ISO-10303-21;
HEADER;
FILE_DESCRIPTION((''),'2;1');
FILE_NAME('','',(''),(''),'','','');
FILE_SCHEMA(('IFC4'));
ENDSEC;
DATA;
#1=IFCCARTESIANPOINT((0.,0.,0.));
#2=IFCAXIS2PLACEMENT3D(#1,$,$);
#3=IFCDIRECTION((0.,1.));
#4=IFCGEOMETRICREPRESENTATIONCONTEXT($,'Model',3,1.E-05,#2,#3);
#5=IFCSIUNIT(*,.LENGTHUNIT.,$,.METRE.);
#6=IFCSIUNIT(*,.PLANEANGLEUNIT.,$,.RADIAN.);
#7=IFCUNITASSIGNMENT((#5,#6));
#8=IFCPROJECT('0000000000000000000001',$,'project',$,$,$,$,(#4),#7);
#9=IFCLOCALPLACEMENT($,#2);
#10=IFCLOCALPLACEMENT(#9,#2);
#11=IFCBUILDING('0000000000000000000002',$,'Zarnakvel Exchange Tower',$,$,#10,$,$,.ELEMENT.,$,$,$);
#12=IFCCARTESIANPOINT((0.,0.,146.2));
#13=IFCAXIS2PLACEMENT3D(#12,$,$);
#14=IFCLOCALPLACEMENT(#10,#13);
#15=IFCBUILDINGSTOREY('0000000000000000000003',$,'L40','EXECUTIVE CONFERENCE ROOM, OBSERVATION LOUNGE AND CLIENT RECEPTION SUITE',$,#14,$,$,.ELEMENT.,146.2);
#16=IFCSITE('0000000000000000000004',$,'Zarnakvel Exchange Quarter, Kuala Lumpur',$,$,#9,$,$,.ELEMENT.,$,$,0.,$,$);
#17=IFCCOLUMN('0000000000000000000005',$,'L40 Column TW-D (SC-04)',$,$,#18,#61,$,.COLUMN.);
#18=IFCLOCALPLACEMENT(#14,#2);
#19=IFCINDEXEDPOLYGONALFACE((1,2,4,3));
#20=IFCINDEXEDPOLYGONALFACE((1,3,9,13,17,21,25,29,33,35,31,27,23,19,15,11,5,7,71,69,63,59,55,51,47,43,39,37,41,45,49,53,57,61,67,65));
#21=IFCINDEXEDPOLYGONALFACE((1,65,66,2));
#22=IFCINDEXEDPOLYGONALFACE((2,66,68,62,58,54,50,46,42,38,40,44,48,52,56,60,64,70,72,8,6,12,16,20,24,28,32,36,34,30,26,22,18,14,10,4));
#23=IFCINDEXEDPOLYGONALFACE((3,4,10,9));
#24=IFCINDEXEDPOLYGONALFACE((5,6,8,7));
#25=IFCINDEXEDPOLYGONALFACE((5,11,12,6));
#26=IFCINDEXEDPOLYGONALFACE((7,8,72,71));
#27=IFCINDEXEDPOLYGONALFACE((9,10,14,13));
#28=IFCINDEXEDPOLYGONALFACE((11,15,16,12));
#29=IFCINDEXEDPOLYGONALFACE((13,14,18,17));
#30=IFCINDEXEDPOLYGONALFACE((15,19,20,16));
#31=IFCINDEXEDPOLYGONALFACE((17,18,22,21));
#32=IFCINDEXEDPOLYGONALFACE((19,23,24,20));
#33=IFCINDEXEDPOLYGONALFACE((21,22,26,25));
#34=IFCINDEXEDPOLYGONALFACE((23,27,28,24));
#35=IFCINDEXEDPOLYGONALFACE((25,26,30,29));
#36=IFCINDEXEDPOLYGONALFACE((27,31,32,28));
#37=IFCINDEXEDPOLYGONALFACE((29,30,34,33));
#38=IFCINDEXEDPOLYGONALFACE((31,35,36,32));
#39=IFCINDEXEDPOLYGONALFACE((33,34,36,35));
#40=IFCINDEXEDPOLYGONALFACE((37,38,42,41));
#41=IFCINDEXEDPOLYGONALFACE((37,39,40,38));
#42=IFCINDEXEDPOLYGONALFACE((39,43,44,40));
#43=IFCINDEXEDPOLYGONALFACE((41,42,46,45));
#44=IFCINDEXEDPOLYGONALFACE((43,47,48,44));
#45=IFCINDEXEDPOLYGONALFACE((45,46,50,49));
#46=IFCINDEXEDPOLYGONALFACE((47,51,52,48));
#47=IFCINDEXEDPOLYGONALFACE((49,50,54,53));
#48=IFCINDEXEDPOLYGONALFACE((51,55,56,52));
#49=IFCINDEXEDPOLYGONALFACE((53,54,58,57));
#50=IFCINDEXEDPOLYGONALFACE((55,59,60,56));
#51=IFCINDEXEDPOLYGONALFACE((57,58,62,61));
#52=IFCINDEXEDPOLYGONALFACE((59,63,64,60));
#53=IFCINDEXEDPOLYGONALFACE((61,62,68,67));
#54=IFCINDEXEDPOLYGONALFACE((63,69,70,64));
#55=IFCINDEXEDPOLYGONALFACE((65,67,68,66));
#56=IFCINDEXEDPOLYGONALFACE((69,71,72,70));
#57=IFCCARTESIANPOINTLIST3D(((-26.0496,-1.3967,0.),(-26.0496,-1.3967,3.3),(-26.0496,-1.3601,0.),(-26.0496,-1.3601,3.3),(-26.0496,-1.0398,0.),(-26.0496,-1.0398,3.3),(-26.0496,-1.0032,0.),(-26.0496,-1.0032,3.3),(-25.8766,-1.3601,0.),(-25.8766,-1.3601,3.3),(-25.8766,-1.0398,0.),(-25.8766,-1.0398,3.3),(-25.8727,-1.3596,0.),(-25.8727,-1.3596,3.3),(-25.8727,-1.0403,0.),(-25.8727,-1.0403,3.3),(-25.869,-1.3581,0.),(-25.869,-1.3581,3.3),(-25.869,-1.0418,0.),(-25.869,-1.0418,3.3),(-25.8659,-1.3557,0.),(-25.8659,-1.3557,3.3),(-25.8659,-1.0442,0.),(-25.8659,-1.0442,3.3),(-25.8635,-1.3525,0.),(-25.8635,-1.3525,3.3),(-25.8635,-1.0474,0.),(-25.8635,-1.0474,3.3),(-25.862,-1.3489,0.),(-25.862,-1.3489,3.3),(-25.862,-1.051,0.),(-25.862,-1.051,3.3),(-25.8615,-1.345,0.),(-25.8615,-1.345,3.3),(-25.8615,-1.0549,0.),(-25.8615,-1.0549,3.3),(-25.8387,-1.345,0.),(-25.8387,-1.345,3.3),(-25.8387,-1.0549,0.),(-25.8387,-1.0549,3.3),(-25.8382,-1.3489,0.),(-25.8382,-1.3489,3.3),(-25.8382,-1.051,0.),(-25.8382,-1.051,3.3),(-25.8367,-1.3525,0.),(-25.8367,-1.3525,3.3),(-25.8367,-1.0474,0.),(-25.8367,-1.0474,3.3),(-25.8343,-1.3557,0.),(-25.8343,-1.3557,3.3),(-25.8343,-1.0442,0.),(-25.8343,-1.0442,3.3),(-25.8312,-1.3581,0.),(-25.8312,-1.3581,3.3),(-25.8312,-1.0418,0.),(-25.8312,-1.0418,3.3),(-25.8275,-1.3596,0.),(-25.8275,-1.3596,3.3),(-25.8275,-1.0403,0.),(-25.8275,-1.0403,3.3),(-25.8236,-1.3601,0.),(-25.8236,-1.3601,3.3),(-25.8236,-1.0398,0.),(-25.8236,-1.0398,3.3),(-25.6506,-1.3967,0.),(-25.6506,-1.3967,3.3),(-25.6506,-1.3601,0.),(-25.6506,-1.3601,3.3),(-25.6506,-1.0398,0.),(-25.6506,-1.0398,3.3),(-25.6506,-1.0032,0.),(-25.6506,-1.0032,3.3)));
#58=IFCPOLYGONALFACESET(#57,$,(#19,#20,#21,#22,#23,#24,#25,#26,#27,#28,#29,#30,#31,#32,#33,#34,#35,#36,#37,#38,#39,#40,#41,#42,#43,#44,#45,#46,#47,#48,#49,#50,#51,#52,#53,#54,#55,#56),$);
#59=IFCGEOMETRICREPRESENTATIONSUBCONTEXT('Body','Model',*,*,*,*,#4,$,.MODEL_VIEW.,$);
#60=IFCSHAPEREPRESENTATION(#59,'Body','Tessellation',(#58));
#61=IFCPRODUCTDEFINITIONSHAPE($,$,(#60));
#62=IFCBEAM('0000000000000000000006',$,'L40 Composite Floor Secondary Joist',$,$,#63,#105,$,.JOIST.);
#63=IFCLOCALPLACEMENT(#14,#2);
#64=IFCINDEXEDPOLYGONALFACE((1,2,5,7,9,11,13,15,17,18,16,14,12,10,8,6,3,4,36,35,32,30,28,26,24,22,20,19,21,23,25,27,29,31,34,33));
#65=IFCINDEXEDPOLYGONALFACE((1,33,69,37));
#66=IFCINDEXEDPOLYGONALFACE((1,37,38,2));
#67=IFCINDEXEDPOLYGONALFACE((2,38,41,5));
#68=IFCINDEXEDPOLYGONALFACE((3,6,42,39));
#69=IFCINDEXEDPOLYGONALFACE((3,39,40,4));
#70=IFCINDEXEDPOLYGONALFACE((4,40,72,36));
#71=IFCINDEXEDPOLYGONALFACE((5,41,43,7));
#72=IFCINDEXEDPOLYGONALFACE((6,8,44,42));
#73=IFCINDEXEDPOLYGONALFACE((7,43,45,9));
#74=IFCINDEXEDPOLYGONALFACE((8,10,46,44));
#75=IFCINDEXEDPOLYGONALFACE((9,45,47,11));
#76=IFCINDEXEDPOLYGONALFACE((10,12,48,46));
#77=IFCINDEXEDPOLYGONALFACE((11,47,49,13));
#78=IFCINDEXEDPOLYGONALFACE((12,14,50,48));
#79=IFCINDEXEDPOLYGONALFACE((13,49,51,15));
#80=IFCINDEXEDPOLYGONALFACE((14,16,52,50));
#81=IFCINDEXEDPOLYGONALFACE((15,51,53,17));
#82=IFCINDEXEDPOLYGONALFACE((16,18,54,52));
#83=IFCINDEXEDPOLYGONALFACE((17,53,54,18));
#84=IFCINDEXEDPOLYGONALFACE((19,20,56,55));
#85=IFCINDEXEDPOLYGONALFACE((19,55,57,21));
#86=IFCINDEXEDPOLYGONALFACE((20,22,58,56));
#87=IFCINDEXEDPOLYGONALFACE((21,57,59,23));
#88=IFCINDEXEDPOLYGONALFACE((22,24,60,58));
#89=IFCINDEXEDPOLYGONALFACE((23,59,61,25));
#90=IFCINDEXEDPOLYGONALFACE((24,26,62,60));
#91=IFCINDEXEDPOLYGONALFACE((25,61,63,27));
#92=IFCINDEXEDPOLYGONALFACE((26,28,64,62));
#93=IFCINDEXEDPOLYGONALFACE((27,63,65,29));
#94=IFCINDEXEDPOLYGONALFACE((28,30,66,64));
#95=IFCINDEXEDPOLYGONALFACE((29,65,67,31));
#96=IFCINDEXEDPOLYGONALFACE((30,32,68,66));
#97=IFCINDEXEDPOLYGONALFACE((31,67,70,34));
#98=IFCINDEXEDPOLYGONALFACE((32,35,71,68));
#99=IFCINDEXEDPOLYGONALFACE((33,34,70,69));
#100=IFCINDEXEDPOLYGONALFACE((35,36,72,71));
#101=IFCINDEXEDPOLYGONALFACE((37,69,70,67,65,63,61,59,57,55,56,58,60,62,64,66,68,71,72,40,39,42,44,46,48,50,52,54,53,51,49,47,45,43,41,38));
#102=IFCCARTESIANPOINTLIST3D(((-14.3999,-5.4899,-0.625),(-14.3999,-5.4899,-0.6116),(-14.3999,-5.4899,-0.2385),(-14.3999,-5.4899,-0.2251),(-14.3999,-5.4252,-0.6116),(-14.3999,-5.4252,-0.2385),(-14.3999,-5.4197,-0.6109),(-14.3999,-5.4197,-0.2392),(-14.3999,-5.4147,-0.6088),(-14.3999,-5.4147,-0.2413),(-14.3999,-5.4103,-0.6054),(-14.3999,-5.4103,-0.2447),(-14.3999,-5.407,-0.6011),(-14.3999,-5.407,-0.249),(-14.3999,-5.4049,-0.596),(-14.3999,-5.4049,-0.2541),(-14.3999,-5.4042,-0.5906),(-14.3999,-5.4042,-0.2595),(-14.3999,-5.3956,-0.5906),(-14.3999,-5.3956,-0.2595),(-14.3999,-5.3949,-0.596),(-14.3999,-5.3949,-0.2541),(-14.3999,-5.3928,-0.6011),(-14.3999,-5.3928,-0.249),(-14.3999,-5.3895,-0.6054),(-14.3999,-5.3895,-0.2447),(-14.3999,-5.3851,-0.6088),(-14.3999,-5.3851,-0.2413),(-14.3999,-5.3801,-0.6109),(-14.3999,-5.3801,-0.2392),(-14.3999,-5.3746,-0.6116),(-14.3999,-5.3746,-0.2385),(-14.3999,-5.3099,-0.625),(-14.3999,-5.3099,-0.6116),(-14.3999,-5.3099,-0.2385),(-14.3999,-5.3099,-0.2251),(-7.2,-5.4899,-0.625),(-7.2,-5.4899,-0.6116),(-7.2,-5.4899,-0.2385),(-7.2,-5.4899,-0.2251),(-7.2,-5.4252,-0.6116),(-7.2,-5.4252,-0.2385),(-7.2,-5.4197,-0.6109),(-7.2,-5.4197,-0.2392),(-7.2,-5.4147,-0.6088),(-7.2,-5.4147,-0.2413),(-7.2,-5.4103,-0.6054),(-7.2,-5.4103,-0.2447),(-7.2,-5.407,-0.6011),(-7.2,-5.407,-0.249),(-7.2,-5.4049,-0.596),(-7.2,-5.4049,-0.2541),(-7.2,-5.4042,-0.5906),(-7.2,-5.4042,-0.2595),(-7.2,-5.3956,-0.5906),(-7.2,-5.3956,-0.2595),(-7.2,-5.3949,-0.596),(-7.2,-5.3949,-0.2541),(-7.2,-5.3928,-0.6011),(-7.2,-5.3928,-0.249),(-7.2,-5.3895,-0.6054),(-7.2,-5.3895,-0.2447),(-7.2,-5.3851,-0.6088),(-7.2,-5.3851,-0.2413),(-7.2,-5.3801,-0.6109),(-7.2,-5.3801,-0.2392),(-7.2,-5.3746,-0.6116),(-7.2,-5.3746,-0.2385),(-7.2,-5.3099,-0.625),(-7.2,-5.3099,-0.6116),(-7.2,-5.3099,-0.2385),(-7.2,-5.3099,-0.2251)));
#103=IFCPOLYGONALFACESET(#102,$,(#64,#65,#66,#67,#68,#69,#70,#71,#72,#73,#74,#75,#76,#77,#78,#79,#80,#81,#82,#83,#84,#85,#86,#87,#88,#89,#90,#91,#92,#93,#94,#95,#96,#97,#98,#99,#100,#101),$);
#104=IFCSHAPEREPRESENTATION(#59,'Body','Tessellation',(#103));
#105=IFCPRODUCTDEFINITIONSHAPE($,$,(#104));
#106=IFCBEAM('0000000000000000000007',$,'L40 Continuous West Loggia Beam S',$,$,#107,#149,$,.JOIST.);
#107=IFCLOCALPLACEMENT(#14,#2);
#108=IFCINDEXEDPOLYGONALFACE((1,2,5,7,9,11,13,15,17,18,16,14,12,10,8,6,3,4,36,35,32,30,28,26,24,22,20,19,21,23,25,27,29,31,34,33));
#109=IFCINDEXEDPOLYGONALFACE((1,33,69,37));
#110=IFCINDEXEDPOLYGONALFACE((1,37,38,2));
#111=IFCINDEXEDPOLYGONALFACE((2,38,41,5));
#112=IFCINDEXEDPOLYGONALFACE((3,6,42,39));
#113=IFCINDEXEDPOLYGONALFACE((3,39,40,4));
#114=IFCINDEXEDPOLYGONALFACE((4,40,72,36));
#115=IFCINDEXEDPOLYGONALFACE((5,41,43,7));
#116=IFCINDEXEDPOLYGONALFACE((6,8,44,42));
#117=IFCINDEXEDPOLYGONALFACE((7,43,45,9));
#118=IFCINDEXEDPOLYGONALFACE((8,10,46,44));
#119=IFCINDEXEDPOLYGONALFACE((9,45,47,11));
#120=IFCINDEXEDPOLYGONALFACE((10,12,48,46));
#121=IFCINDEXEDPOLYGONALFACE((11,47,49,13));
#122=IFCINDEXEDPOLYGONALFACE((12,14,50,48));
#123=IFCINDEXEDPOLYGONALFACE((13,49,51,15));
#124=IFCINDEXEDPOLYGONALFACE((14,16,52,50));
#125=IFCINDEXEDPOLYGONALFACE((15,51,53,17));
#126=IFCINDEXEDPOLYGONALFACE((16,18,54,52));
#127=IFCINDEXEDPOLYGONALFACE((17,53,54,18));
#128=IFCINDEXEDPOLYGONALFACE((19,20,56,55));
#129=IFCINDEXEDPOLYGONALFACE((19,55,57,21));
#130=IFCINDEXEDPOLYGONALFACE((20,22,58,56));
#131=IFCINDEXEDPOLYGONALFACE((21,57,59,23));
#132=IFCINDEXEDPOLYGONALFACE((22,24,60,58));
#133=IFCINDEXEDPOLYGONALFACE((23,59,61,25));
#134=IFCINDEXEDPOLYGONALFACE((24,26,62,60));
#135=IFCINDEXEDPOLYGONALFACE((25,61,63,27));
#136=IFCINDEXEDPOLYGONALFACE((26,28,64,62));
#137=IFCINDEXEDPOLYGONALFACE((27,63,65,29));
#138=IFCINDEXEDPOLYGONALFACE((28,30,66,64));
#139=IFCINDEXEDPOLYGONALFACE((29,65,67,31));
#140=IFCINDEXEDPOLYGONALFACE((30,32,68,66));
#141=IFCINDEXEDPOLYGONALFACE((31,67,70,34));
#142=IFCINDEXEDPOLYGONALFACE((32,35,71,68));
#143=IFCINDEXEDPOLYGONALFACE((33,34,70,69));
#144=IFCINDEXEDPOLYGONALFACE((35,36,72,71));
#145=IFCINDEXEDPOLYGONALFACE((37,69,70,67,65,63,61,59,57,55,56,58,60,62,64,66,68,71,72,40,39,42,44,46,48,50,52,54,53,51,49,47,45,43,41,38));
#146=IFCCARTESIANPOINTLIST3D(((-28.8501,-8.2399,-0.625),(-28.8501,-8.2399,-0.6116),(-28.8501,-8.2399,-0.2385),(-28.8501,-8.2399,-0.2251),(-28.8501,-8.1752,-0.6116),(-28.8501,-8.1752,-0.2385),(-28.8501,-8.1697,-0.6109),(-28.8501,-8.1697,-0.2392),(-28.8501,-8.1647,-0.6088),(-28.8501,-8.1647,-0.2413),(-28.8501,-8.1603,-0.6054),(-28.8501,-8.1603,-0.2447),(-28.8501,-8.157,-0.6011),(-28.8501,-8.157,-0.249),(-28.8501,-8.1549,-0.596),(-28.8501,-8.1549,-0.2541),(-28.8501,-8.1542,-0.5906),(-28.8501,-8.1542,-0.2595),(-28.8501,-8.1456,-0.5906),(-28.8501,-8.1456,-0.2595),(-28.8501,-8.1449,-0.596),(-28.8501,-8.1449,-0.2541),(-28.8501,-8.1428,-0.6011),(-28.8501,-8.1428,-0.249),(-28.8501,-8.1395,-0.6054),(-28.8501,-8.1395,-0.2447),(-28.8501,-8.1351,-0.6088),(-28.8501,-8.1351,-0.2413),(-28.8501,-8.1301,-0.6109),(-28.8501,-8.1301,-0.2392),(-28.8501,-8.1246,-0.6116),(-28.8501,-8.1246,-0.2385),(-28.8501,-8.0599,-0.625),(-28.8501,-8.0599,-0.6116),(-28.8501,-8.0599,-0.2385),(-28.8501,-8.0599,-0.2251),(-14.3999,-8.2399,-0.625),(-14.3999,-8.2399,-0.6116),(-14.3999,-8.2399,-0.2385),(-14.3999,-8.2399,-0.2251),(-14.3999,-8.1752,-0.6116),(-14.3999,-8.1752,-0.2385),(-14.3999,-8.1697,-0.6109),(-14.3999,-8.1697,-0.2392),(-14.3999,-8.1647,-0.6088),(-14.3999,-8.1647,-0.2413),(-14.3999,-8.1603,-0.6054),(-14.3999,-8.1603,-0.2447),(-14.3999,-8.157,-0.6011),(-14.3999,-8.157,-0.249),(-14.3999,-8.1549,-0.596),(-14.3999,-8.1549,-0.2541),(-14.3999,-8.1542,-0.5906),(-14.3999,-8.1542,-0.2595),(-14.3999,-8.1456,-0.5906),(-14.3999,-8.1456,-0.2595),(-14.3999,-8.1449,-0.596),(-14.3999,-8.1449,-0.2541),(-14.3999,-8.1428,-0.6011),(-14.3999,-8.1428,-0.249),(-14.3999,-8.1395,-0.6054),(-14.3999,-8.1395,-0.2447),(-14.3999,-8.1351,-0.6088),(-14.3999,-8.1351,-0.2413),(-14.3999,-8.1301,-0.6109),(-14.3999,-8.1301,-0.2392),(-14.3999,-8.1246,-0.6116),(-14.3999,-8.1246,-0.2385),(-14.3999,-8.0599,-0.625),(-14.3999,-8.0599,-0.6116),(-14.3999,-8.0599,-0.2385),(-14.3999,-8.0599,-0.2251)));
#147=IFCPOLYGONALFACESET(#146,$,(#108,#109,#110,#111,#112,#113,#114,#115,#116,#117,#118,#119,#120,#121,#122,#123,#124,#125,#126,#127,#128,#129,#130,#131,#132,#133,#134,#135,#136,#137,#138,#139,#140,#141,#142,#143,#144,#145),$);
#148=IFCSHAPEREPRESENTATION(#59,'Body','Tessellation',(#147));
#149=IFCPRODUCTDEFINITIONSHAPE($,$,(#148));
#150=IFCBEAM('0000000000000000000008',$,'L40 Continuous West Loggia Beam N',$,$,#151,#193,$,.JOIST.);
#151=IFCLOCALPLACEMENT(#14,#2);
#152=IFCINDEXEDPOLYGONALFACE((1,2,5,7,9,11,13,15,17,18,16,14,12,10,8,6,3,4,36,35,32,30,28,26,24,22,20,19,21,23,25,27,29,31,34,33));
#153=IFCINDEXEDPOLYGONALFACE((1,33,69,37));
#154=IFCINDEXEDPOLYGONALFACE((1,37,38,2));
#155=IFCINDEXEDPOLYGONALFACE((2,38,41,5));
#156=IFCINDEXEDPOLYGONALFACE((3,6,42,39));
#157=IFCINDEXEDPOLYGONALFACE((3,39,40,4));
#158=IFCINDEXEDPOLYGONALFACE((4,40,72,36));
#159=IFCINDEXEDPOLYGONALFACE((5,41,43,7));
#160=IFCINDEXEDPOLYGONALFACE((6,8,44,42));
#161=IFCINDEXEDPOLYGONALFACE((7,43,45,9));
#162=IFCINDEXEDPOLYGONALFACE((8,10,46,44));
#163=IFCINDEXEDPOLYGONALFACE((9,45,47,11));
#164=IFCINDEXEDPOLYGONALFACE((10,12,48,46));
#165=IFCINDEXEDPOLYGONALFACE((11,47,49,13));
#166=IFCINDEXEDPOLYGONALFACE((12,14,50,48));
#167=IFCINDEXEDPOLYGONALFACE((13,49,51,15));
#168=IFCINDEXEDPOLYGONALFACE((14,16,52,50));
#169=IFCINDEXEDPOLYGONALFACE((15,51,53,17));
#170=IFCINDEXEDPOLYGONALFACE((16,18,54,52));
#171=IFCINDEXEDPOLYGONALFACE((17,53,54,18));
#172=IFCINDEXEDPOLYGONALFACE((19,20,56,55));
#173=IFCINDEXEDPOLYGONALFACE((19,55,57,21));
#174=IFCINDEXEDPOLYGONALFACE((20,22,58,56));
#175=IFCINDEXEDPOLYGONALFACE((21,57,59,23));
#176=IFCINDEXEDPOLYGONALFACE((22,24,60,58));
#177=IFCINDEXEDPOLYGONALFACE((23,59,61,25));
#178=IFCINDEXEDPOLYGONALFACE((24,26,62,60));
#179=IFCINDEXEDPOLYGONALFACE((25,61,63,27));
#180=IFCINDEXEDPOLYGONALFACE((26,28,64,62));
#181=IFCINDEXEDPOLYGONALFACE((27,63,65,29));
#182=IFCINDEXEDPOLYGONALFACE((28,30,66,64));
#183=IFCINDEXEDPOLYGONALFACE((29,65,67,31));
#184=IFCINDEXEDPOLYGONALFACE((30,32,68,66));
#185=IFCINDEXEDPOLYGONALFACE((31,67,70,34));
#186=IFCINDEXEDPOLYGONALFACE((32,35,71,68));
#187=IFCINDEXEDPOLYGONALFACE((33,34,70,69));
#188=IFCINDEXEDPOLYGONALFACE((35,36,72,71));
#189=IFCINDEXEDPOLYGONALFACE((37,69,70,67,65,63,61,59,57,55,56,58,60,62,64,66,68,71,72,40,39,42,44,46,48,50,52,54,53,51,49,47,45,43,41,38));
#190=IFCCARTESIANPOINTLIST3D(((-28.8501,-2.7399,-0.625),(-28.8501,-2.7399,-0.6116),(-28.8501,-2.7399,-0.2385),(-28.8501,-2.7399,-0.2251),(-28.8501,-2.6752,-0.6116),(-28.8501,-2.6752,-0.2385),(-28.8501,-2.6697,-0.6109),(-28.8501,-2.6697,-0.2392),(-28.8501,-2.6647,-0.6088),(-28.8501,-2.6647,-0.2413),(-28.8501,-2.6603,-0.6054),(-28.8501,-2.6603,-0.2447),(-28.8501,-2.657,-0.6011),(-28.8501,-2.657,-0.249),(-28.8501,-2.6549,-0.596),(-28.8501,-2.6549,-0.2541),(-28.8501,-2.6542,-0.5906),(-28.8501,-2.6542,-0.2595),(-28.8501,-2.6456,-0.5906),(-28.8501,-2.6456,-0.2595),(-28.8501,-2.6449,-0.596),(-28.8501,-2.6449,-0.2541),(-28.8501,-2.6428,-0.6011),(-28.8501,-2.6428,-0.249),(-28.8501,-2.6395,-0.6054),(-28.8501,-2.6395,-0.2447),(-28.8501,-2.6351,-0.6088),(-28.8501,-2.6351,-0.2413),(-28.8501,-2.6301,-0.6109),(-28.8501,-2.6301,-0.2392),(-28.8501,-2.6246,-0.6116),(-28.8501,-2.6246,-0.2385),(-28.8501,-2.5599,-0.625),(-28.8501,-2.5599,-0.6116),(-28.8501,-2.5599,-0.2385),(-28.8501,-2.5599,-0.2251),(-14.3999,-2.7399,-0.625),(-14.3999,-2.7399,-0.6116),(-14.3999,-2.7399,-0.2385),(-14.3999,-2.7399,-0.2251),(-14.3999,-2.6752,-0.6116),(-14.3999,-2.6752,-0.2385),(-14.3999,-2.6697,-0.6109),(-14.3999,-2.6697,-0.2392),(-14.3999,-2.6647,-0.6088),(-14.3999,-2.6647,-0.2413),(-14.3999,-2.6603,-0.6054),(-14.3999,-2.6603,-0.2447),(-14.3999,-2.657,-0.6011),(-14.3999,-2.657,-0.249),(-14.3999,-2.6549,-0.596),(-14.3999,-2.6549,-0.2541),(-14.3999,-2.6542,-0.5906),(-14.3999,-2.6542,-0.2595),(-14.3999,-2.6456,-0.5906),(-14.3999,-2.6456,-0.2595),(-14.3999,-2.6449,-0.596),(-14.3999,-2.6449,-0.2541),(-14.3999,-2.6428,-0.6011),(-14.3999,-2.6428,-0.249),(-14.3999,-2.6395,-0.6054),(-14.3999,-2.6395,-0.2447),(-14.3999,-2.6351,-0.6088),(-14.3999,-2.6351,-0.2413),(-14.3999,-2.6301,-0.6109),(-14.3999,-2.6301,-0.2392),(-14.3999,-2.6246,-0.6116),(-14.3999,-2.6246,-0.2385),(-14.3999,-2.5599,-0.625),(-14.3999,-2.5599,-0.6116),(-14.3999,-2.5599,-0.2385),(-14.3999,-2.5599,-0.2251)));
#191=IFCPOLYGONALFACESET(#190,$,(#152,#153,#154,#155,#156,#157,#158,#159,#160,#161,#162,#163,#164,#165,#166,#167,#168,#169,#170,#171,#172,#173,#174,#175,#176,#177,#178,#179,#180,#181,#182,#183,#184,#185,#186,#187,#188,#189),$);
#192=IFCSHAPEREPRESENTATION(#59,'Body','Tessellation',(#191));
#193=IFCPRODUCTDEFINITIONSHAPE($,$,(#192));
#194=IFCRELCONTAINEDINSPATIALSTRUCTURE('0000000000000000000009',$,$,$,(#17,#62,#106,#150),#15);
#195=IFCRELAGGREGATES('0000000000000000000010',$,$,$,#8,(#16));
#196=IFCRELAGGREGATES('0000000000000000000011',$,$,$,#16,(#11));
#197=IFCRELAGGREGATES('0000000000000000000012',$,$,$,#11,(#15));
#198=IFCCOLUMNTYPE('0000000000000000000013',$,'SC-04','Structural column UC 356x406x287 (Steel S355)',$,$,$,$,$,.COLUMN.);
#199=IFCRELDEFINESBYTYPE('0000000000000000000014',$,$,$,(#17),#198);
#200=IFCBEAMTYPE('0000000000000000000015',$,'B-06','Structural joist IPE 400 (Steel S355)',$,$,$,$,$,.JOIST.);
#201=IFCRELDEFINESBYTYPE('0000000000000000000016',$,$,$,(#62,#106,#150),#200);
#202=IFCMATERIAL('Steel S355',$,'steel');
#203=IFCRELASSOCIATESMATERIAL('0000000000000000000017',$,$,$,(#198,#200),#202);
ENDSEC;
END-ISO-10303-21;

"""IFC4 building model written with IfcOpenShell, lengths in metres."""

from ifc_helpers import new_model, si_unit, direction, frame, origin, origin_2d, place, context, subcontext, project, spatial, i_section, extrude, material, material_profile, profile_set, type_object, element, save


model = new_model("IFC4")

# Units and contexts
model_context = context("Model", 3, precision=1e-05, world=origin(), true_north=direction((0.0, 1.0)))
body_context = subcontext(model_context, "Body", "Model", "MODEL_VIEW")
ifc_project = project(units=[si_unit("LENGTHUNIT", "METRE"), si_unit("PLANEANGLEUNIT", "RADIAN")], contexts=[model_context])

# Site, building, storey
site_placement = place(None, origin())
site = spatial("IfcSite", under=ifc_project, at=site_placement, Name="Zarnakvel Exchange Quarter, Kuala Lumpur", CompositionType="ELEMENT", RefElevation=0.0)
building_placement = place(site_placement, origin())
building = spatial("IfcBuilding", under=site, at=building_placement, Name="Zarnakvel Exchange Tower", CompositionType="ELEMENT")
storey_placement = place(building_placement, frame((0.0, 0.0, 146.2)))
storey = spatial("IfcBuildingStorey", under=building, at=storey_placement, Name="L40", Description="EXECUTIVE CONFERENCE ROOM, OBSERVATION LOUNGE AND CLIENT RECEPTION SUITE", CompositionType="ELEMENT", Elevation=146.2)

# Column
ifc_material_1 = material(Name="Steel S355", Category="steel")
ifc_material_profile_1 = material_profile(ifc_material_1, i_section(OverallWidth=0.3989, OverallDepth=0.3936, WebThickness=0.0227, FlangeThickness=0.0366, FilletRadius=0.0151, at=origin_2d()))
ifc_profile_set_1 = profile_set([ifc_material_profile_1], Name="Steel S355")
column_type = type_object("IfcColumnType", Name="SC-04", Description="Structural column UC 356x406x287 (Steel S355)", PredefinedType="COLUMN", material=ifc_profile_set_1)
column_placement = place(storey_placement, frame((-25.8501, -1.2, 0.0), z_axis=(0.0, 0.0, 1.0), x_axis=(1.0, 0.0, 0.0)))
element("IfcColumn", 1, at=column_placement, inside=storey, type_object=column_type, Name="L40 Column TW-D (SC-04)", PredefinedType="COLUMN", context=body_context, shape_type="SweptSolid", body=[
    extrude(i_section(OverallWidth=0.3989, OverallDepth=0.3936, WebThickness=0.0227, FlangeThickness=0.0366, FilletRadius=0.0151, at=origin_2d()), origin(), (0.0, 0.0, 1.0), 3.3),
])

# Beams
ifc_material_profile_2 = material_profile(ifc_material_1, i_section(OverallWidth=0.1799, OverallDepth=0.3999, WebThickness=0.0085, FlangeThickness=0.0134, FilletRadius=0.021, at=origin_2d()))
ifc_profile_set_2 = profile_set([ifc_material_profile_2], Name="Steel S355")
beam_type_1 = type_object("IfcBeamType", Name="B-06", Description="Structural joist IPE 400 (Steel S355)", PredefinedType="JOIST", material=ifc_profile_set_2)
beam_1_placement = place(storey_placement, frame((-14.3999, -5.3999, -0.425), z_axis=(1.0, 0.0, 0.0), x_axis=(0.0, 1.0, 0.0)))
element("IfcBeam", 2, at=beam_1_placement, inside=storey, type_object=beam_type_1, Name="L40 Composite Floor Secondary Joist", PredefinedType="JOIST", context=body_context, shape_type="SweptSolid", body=[
    extrude(i_section(OverallWidth=0.1799, OverallDepth=0.3999, WebThickness=0.0085, FlangeThickness=0.0134, FilletRadius=0.021, at=origin_2d()), origin(), (0.0, 0.0, 1.0), 7.2),
])
for number, where, z_axis, x_axis, name in (
    (3, (-14.3999, -8.1499, -0.425), (-1.0, 0.0, 0.0), (0.0, -1.0, 0.0), "L40 Continuous West Loggia Beam S"),
    (4, (-14.3999, -2.6499, -0.425), (-1.0, 0.0, 0.0), (0.0, -1.0, 0.0), "L40 Continuous West Loggia Beam N"),
):
    element("IfcBeam", number, at=place(storey_placement, frame(where, z_axis=z_axis, x_axis=x_axis)), inside=storey, type_object=beam_type_1, Name=name, PredefinedType="JOIST", context=body_context, shape_type="SweptSolid", body=[
        extrude(i_section(OverallWidth=0.1799, OverallDepth=0.3999, WebThickness=0.0085, FlangeThickness=0.0134, FilletRadius=0.021, at=origin_2d()), origin(), (0.0, 0.0, 1.0), 14.4502),
    ])

save(model, "model.ifc")
